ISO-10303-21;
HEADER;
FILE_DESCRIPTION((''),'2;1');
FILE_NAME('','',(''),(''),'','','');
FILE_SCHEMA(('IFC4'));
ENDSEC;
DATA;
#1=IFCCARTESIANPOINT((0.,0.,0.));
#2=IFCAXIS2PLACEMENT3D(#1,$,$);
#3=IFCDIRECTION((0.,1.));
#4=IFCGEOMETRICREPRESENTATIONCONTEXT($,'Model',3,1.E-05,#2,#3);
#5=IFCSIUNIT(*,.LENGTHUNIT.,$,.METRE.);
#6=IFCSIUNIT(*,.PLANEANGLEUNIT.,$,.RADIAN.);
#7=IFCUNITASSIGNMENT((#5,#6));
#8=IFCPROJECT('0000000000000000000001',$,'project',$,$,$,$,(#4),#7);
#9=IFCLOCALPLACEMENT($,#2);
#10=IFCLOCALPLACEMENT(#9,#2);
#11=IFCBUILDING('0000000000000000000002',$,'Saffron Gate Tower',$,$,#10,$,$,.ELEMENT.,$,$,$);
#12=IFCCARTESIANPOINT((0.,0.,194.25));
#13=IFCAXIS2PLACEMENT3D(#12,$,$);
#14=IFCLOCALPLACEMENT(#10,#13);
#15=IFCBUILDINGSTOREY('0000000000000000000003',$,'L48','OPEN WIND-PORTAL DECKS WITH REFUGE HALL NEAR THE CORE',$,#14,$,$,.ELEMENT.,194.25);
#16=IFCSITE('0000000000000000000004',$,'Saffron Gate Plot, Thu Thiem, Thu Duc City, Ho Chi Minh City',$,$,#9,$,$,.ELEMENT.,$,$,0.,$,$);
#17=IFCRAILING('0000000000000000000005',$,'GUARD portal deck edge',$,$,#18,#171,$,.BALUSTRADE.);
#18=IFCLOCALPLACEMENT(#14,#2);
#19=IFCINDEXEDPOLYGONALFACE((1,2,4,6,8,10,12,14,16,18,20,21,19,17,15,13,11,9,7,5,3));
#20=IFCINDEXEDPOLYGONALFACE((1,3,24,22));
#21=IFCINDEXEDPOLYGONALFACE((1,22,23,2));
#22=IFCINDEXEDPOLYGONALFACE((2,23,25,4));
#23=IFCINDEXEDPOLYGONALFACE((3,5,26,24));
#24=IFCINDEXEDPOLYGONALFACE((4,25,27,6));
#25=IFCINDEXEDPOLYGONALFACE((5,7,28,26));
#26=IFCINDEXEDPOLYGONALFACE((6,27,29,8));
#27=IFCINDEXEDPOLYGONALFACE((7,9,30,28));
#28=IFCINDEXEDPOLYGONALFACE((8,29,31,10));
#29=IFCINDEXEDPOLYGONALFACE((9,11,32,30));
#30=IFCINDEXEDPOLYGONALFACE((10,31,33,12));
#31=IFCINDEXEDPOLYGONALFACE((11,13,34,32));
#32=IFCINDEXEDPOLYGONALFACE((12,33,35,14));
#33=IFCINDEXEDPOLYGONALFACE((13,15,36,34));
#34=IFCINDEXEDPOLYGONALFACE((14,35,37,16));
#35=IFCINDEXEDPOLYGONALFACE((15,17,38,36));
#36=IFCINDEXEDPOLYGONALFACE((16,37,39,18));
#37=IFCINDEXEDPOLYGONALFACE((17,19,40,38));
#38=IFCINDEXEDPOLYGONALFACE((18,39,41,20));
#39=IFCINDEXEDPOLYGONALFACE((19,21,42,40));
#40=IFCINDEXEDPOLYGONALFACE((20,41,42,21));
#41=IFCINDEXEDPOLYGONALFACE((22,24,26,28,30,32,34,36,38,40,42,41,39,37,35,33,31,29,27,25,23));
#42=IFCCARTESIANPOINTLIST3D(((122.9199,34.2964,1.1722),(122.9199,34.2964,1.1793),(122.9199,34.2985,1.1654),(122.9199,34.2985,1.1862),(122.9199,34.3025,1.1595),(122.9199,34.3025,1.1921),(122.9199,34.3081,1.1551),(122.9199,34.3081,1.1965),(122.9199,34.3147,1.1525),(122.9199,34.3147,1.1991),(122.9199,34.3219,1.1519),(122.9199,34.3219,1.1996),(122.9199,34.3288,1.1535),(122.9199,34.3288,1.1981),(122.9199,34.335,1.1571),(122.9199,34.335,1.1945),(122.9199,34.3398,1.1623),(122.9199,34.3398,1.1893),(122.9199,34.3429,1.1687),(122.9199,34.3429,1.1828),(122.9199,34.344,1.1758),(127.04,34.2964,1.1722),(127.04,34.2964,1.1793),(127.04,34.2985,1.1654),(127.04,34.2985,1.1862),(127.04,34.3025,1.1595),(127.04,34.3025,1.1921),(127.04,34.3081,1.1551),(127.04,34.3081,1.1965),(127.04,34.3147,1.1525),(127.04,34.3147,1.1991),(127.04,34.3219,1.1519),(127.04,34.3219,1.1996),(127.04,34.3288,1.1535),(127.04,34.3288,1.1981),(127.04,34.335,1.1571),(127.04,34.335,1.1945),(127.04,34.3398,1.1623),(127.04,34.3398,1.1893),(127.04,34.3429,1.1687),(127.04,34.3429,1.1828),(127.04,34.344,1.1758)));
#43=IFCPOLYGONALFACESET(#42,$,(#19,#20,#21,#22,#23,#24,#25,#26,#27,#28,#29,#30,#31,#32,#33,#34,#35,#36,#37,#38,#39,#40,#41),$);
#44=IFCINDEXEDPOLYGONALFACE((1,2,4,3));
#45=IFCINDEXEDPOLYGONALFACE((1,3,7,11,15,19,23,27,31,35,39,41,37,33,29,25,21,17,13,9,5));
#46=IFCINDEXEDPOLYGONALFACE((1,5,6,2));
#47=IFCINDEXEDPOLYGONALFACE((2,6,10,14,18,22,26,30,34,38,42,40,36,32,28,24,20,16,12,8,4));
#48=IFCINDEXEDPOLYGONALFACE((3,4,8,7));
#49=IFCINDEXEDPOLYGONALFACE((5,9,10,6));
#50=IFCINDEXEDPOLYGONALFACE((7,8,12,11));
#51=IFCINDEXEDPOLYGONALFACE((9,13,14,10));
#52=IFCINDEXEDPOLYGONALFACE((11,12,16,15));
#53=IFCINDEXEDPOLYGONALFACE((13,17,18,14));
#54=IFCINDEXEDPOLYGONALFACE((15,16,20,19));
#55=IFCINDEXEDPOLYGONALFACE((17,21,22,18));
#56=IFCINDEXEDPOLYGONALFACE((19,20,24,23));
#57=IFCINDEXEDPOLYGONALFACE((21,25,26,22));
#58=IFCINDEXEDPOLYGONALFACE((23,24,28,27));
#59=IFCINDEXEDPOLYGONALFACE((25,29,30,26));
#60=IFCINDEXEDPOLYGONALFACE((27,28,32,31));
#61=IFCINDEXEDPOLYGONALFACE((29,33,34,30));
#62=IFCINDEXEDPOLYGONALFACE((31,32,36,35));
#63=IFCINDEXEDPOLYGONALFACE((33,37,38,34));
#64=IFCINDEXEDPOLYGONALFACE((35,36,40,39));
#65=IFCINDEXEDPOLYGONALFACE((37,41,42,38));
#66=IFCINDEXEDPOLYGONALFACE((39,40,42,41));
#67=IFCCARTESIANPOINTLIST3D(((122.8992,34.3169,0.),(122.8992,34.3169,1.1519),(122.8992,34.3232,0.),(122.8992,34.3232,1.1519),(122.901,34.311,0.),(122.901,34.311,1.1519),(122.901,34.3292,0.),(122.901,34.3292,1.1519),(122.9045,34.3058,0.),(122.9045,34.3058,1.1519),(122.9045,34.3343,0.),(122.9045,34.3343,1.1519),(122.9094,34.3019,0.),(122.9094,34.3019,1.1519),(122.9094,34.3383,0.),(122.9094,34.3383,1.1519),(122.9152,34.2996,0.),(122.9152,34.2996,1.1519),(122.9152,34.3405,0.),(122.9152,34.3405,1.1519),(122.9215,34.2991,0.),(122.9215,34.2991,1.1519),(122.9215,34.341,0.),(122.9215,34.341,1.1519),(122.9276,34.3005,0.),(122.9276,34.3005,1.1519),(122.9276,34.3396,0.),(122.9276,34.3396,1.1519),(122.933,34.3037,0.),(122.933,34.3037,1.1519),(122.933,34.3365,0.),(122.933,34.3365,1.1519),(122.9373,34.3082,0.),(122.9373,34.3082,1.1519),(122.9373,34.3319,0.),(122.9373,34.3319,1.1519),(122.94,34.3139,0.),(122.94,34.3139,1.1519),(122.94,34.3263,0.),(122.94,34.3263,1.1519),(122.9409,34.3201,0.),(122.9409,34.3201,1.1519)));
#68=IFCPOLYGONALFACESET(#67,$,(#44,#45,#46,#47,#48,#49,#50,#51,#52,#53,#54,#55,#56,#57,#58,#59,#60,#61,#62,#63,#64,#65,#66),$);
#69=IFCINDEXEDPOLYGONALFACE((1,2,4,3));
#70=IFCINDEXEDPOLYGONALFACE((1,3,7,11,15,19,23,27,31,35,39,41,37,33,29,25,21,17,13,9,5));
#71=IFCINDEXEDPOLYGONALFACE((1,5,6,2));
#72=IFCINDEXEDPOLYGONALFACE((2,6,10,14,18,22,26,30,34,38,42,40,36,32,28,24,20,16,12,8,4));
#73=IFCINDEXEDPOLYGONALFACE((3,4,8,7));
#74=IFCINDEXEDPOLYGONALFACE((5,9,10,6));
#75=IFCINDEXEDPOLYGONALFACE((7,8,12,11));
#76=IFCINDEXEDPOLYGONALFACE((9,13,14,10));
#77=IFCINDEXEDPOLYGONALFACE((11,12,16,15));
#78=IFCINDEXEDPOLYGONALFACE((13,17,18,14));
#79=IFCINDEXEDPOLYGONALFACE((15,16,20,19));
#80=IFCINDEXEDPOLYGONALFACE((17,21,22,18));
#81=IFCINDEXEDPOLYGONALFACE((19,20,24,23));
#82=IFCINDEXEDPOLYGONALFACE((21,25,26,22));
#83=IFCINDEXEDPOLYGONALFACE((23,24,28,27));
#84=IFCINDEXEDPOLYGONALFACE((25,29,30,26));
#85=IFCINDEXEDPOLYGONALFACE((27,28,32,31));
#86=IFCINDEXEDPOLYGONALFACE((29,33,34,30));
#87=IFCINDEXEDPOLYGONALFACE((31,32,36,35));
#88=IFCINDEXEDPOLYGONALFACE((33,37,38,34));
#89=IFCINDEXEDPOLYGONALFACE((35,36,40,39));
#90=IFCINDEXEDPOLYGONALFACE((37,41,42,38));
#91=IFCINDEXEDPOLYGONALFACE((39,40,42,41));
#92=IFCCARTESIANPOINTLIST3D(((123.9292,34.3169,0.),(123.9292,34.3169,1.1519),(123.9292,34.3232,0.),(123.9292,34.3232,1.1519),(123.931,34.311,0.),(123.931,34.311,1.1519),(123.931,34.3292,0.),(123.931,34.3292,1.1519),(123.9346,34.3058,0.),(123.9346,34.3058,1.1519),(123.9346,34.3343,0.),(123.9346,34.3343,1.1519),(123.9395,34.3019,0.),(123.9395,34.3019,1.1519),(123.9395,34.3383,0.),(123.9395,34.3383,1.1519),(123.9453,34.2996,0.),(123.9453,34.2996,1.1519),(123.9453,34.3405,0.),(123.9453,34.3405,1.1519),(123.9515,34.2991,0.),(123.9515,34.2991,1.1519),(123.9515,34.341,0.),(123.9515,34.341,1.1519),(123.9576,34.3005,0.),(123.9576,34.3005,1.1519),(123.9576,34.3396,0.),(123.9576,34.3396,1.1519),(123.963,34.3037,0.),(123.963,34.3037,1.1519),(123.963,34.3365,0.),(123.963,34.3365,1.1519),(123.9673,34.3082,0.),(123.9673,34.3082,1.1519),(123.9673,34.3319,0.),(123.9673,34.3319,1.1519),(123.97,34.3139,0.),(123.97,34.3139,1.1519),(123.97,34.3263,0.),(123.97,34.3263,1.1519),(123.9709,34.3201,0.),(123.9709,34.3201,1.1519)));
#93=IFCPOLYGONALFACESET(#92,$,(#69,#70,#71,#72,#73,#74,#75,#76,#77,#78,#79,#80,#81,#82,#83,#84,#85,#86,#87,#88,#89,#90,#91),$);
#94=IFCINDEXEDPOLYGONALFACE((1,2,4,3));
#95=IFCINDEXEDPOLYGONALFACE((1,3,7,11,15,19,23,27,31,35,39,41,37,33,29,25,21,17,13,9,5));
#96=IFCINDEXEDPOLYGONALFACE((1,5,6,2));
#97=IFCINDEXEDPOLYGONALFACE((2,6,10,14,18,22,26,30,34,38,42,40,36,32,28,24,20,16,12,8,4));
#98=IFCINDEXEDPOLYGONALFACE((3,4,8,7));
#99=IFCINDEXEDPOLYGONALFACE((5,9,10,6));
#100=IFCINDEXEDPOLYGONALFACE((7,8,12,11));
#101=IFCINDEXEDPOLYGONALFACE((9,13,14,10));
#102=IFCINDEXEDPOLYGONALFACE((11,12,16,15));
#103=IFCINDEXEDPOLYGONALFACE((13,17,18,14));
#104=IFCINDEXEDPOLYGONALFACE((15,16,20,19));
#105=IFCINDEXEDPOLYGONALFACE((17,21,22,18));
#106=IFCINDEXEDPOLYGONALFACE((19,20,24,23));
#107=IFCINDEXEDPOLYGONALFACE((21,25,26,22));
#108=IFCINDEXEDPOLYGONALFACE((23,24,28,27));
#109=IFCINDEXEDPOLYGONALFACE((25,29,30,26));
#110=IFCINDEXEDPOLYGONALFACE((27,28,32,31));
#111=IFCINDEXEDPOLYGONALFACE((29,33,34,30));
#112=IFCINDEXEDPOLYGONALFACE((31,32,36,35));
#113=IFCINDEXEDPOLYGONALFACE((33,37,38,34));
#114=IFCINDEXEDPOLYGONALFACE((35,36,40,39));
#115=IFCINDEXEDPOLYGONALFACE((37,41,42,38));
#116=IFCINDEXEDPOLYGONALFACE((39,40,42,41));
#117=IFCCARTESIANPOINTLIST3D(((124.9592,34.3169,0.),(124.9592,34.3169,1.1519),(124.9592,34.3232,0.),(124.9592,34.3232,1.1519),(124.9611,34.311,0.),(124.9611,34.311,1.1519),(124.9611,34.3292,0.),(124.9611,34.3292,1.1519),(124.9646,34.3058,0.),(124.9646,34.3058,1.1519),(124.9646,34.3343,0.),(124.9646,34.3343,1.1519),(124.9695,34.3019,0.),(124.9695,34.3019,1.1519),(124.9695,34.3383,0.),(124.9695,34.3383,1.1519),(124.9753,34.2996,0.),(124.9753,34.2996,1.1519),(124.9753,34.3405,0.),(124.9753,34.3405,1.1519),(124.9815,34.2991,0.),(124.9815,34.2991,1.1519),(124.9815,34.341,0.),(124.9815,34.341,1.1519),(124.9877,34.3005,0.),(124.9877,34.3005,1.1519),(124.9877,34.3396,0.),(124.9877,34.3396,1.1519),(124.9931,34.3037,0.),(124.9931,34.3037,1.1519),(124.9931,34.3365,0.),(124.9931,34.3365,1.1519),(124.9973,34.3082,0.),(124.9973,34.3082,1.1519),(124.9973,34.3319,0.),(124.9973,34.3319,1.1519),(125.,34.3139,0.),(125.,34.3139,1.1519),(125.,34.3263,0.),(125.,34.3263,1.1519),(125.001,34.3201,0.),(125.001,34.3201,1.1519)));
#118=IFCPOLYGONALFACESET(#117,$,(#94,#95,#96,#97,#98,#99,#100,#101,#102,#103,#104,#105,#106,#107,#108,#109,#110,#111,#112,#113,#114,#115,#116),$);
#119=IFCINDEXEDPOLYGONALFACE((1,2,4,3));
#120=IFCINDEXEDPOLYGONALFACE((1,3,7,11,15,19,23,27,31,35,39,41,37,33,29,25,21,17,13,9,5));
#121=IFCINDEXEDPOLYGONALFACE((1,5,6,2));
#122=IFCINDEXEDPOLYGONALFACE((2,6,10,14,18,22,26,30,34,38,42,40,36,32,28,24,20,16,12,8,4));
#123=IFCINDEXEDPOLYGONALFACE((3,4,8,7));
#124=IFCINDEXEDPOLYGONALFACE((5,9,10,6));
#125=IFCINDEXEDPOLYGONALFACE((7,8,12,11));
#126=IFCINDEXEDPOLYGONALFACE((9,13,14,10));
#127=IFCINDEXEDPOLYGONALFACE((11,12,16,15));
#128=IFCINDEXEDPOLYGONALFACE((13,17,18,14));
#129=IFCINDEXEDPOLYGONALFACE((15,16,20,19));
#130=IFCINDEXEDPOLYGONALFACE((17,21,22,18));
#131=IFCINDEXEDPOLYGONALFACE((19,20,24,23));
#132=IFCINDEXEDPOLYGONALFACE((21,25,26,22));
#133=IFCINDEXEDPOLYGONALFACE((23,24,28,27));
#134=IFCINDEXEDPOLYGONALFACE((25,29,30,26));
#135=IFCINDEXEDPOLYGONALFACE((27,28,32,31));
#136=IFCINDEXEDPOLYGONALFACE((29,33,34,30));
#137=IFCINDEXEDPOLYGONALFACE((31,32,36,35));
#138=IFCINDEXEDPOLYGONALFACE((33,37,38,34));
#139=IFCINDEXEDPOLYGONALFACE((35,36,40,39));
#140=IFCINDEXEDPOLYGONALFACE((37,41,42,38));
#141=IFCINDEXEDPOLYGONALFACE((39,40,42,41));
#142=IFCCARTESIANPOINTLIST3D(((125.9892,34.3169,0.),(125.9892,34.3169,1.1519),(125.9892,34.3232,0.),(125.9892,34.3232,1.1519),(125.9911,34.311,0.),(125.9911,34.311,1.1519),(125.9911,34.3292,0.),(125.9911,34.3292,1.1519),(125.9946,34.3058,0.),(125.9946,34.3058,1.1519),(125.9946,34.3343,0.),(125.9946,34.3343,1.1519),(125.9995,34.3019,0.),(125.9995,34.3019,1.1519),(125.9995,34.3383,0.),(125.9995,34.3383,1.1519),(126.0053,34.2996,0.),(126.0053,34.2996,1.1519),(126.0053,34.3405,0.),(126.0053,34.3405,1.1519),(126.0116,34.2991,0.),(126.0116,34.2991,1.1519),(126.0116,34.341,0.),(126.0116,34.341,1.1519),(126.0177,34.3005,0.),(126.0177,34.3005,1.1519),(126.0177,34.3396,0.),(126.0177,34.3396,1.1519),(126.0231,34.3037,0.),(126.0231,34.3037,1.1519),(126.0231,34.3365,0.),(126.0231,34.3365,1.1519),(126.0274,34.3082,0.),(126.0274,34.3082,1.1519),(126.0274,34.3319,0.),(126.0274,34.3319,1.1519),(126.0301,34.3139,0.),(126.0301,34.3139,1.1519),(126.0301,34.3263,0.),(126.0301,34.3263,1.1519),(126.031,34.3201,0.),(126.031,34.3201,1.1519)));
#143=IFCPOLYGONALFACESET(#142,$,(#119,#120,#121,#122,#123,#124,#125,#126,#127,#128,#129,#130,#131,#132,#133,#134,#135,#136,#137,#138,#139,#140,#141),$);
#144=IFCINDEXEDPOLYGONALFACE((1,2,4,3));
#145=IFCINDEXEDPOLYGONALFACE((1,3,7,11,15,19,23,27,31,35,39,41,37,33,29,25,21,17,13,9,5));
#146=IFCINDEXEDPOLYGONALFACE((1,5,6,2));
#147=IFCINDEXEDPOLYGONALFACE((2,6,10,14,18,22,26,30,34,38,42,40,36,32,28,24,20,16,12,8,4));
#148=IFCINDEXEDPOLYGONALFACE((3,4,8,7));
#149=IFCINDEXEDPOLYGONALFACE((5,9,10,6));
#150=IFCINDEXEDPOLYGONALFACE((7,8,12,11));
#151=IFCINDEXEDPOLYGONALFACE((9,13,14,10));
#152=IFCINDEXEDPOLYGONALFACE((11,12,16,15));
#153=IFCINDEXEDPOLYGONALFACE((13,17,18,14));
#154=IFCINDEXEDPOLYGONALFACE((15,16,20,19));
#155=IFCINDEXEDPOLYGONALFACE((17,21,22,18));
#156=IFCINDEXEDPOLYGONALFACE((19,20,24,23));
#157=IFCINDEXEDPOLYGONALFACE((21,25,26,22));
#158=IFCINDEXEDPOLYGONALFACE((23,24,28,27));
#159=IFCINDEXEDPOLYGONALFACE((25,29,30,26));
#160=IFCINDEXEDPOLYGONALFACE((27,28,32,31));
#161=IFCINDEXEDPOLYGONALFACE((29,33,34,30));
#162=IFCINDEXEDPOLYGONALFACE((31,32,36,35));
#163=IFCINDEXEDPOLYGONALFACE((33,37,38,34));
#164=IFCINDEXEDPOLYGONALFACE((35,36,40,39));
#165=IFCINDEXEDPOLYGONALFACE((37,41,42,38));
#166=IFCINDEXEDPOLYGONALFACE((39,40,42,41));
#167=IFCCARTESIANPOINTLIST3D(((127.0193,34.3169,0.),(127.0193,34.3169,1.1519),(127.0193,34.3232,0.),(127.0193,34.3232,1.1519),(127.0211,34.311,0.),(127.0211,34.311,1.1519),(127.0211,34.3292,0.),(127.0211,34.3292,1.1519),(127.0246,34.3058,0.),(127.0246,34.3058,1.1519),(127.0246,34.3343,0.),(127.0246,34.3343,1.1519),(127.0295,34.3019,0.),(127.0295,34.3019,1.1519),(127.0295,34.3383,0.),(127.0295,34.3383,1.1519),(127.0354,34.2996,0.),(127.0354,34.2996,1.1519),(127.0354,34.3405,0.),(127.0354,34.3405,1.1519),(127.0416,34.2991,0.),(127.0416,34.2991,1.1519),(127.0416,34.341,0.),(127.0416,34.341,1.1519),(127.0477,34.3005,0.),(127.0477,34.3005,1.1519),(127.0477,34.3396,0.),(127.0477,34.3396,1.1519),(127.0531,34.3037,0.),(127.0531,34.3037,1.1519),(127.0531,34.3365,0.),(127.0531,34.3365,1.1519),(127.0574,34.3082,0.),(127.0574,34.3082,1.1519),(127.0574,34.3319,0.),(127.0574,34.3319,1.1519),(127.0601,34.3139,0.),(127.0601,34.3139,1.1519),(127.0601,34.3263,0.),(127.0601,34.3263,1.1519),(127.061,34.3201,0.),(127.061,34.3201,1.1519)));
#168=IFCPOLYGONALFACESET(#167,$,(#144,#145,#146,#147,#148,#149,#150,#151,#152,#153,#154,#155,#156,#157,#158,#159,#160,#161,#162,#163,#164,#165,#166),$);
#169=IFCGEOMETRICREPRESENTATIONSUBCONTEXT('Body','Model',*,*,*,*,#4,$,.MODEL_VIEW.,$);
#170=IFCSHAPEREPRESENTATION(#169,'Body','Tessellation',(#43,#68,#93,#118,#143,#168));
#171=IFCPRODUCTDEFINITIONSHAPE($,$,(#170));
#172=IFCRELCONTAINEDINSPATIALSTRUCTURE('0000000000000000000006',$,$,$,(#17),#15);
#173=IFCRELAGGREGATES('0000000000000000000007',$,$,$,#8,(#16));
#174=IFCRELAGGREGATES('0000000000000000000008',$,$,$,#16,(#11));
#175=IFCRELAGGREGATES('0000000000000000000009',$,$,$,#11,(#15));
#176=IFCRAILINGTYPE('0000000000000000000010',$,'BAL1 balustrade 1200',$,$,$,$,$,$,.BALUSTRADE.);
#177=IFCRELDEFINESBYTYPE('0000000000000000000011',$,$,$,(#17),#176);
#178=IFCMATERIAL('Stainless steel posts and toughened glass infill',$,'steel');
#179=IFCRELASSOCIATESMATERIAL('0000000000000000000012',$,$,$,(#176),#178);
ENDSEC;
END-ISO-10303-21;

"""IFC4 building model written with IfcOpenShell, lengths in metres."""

from ifc_helpers import new_model, si_unit, direction, frame, origin, origin_2d, place, context, subcontext, project, spatial, circle, extrude, material, type_object, element, save


model = new_model("IFC4")

# Units and contexts
model_context = context("Model", 3, precision=1e-05, world=origin(), true_north=direction((0.0, 1.0)))
body_context = subcontext(model_context, "Body", "Model", "MODEL_VIEW")
ifc_project = project(units=[si_unit("LENGTHUNIT", "METRE"), si_unit("PLANEANGLEUNIT", "RADIAN")], contexts=[model_context])

# Site, building, storey
site_placement = place(None, origin())
site = spatial("IfcSite", under=ifc_project, at=site_placement, Name="Saffron Gate Plot, Thu Thiem, Thu Duc City, Ho Chi Minh City", CompositionType="ELEMENT", RefElevation=0.0)
building_placement = place(site_placement, origin())
building = spatial("IfcBuilding", under=site, at=building_placement, Name="Saffron Gate Tower", CompositionType="ELEMENT")
storey_placement = place(building_placement, frame((0.0, 0.0, 194.25)))
storey = spatial("IfcBuildingStorey", under=building, at=storey_placement, Name="L48", Description="OPEN WIND-PORTAL DECKS WITH REFUGE HALL NEAR THE CORE", CompositionType="ELEMENT", Elevation=194.25)

# Railing
ifc_material_1 = material(Name="Stainless steel posts and toughened glass infill", Category="steel")
railing_type_1 = type_object("IfcRailingType", Name="BAL1 balustrade 1200", PredefinedType="BALUSTRADE", material=ifc_material_1)
railing_1_placement = place(storey_placement, frame((122.9199, 34.3201, 0.0)))
element("IfcRailing", 1, at=railing_1_placement, inside=storey, type_object=railing_type_1, Name="GUARD portal deck edge", PredefinedType="BALUSTRADE", context=body_context, shape_type="SweptSolid", body=[
    extrude(circle(Radius=0.0239, at=origin_2d()), frame((0.0, 0.0, 1.1758), z_axis=(1.0, 0.0, 0.0), x_axis=(0.0, 1.0, 0.0)), (0.0, 0.0, 1.0), 4.1201),
    extrude(circle(Radius=0.021, at=origin_2d()), origin(), (0.0, 0.0, 1.0), 1.1519),
    extrude(circle(Radius=0.021, at=origin_2d()), frame((1.03, 0.0, 0.0)), (0.0, 0.0, 1.0), 1.1519),
    extrude(circle(Radius=0.021, at=origin_2d()), frame((2.0601, 0.0, 0.0)), (0.0, 0.0, 1.0), 1.1519),
    extrude(circle(Radius=0.021, at=origin_2d()), frame((3.0901, 0.0, 0.0)), (0.0, 0.0, 1.0), 1.1519),
    extrude(circle(Radius=0.021, at=origin_2d()), frame((4.1201, 0.0, 0.0)), (0.0, 0.0, 1.0), 1.1519),
])

save(model, "model.ifc")
